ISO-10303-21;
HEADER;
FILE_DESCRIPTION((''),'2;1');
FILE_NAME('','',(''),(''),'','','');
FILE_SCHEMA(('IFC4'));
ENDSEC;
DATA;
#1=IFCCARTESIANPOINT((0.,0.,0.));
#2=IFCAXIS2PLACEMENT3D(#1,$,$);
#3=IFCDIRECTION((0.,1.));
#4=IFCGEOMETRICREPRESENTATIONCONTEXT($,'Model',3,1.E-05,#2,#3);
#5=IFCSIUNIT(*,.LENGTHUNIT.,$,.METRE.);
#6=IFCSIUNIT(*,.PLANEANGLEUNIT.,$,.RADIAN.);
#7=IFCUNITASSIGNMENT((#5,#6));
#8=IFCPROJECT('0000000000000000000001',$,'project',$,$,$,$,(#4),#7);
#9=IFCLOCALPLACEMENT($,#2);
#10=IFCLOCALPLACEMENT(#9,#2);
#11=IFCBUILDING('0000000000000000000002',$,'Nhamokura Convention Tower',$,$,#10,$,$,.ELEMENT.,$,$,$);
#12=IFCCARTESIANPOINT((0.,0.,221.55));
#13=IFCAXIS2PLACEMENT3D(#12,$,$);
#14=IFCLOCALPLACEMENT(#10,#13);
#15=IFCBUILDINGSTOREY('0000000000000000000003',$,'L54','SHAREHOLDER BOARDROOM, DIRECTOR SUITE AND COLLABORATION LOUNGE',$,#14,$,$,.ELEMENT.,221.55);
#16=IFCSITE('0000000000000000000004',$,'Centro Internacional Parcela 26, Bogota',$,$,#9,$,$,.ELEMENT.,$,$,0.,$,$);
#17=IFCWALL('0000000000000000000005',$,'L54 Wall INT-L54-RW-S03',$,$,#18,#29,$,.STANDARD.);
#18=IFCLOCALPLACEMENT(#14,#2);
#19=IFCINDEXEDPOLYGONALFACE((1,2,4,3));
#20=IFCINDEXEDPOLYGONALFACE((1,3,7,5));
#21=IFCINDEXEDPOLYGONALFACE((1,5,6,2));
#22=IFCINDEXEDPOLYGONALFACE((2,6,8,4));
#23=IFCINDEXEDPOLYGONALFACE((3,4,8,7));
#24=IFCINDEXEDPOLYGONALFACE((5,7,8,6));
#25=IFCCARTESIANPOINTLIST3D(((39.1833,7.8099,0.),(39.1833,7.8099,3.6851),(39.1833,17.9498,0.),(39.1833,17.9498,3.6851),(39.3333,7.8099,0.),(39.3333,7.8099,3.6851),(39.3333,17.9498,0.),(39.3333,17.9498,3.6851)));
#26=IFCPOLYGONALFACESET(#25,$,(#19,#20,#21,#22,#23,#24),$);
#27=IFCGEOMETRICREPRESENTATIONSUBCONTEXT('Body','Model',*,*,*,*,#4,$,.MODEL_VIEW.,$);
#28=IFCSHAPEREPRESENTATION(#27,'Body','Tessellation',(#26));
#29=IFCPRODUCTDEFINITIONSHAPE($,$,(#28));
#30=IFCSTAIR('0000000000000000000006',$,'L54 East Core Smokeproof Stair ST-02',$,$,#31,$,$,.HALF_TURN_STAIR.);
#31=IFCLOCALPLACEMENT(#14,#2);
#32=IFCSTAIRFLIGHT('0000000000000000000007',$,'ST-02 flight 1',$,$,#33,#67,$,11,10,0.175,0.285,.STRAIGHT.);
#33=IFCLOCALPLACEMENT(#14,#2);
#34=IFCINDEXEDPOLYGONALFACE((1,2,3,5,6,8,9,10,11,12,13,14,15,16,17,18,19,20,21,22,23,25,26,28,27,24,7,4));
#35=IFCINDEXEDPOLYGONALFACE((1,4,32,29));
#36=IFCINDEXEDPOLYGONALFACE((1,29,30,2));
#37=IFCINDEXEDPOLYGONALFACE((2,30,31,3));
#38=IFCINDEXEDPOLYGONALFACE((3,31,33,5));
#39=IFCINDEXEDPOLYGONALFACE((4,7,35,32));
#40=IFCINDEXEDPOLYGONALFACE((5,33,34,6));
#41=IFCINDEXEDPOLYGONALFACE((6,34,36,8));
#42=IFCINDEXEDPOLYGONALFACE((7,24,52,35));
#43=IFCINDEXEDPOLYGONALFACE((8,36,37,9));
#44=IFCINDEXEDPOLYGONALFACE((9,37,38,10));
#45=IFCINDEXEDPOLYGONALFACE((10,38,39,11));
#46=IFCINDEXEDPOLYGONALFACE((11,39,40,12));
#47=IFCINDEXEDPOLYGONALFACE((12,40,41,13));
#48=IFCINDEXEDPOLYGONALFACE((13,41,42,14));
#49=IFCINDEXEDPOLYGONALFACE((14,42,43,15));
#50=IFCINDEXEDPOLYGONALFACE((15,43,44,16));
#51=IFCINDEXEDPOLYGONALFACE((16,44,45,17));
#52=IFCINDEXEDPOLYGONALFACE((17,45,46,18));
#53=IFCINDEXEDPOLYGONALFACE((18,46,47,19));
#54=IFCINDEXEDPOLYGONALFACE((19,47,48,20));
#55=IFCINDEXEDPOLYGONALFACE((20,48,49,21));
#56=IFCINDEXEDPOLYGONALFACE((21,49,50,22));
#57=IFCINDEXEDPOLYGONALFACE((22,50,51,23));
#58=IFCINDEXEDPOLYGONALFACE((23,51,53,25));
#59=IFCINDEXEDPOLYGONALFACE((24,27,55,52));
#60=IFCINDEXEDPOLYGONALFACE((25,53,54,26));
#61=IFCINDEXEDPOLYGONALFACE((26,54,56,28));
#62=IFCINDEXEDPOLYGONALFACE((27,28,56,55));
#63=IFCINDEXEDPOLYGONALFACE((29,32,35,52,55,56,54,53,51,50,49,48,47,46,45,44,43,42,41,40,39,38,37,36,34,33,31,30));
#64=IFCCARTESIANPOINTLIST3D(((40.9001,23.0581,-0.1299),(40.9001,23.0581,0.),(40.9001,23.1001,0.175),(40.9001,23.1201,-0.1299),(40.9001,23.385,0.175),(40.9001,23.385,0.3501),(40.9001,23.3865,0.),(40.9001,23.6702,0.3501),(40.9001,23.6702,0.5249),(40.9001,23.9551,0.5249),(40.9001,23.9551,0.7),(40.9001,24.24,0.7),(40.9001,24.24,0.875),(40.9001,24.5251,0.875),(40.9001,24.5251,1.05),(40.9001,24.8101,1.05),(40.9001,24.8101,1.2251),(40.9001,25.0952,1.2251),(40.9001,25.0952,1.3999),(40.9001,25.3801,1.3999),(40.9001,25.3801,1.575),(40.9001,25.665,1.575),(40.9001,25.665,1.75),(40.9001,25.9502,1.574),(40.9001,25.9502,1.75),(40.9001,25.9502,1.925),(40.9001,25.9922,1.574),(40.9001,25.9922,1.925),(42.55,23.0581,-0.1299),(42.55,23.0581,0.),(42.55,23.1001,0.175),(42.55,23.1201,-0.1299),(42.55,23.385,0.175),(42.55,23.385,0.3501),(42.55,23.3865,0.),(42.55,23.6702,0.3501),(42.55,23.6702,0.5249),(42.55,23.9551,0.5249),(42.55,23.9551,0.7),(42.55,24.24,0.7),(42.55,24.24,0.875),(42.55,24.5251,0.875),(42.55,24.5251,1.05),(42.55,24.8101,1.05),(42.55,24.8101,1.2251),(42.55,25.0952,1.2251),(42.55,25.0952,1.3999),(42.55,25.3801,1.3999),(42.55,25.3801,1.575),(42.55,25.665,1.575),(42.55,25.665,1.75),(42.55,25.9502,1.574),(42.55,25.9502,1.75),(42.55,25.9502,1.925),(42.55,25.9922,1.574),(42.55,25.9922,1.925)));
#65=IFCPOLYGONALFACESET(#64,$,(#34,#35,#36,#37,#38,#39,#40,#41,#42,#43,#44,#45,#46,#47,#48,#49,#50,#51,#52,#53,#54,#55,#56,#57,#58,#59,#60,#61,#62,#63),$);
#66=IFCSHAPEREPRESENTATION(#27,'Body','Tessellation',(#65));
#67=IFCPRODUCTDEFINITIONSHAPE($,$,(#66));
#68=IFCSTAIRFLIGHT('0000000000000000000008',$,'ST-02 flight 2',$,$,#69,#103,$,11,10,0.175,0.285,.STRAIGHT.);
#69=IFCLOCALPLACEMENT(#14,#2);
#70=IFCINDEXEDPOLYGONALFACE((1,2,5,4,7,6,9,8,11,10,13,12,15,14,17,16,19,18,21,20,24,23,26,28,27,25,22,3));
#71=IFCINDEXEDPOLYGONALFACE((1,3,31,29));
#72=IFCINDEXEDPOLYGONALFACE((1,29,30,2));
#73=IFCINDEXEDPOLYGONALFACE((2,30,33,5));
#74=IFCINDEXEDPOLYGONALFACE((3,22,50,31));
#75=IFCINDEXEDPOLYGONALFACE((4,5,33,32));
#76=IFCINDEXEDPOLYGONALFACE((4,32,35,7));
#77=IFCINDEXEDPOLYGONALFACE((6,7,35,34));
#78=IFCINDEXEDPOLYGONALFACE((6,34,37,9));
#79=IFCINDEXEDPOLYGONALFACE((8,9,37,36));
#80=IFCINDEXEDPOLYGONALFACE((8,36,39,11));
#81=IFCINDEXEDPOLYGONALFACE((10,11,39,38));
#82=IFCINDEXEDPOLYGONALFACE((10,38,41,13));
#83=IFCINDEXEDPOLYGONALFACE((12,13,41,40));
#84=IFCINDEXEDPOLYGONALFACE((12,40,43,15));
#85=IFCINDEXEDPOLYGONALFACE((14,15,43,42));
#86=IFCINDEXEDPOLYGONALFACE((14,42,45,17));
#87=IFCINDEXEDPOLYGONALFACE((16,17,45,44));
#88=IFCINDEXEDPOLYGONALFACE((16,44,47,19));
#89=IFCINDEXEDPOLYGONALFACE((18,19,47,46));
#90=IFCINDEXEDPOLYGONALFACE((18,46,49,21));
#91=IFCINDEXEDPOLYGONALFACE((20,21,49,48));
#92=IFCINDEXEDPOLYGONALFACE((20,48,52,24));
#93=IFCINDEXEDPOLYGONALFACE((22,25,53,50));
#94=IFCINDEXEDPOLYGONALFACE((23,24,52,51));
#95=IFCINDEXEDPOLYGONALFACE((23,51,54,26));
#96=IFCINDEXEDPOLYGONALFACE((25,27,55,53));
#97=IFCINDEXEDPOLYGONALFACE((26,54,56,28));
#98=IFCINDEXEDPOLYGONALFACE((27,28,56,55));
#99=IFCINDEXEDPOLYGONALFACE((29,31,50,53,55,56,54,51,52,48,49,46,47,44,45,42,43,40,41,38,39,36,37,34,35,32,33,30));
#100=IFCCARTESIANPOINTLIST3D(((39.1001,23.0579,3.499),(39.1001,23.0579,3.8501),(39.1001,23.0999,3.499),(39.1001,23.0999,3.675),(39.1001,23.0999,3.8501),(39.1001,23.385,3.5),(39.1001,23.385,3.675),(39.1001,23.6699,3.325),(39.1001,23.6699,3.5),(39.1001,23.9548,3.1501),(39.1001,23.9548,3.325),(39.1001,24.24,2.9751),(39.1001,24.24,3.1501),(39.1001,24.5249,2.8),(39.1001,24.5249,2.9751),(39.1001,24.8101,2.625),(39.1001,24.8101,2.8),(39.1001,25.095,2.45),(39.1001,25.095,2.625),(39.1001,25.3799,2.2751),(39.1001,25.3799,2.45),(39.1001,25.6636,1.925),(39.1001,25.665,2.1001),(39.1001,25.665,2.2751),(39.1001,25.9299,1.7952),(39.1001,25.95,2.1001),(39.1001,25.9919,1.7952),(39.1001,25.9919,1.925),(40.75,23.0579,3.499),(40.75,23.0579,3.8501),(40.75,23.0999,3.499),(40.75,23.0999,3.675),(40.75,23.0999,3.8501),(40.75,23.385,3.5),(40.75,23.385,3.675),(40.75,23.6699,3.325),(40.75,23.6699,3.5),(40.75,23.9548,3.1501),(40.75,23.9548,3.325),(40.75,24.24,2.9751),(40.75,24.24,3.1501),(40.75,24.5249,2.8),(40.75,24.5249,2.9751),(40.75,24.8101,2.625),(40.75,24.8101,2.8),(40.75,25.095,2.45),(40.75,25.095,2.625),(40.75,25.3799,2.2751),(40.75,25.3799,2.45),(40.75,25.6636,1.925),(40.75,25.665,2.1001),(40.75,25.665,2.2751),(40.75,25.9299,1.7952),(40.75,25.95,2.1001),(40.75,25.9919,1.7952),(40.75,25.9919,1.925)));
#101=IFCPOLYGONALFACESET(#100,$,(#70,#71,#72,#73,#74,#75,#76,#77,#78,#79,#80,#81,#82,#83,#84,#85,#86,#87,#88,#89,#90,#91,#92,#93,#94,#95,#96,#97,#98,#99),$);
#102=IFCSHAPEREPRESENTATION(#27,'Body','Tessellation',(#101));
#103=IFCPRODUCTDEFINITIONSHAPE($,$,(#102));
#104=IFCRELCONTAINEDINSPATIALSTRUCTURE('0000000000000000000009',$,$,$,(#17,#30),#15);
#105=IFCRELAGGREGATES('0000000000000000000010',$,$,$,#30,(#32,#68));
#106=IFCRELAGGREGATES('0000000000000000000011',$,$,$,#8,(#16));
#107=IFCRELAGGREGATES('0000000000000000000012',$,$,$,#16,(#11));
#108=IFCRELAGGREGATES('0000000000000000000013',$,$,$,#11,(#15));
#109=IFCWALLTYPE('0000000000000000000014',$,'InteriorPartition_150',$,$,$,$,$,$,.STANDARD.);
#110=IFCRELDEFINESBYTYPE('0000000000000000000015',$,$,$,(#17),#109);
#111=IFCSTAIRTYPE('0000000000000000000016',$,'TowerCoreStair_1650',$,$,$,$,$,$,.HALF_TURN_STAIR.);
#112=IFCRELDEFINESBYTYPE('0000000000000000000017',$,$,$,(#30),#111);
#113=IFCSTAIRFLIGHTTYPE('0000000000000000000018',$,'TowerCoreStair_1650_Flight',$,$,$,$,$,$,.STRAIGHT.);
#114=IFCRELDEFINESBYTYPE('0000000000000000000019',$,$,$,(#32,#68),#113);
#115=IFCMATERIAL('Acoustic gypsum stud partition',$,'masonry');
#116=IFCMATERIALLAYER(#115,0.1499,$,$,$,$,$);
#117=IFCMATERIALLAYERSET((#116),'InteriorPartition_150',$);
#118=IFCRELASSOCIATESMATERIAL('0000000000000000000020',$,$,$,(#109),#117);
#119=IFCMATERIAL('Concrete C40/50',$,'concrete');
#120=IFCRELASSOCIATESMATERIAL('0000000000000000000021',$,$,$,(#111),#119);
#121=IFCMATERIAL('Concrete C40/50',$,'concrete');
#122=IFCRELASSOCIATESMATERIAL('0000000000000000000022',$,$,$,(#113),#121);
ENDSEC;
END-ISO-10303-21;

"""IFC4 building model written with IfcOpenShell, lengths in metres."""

from ifc_helpers import new_model, si_unit, direction, frame, frame_2d, origin, place, context, subcontext, project, spatial, polyline, rectangle, outline, extrude, material, layer, layer_set, type_object, element, aggregate, save


model = new_model("IFC4")

# Units and contexts
model_context = context("Model", 3, precision=1e-05, world=origin(), true_north=direction((0.0, 1.0)))
body_context = subcontext(model_context, "Body", "Model", "MODEL_VIEW")
ifc_project = project(units=[si_unit("LENGTHUNIT", "METRE"), si_unit("PLANEANGLEUNIT", "RADIAN")], contexts=[model_context])

# Site, building, storey
site_placement = place(None, origin())
site = spatial("IfcSite", under=ifc_project, at=site_placement, Name="Centro Internacional Parcela 26, Bogota", CompositionType="ELEMENT", RefElevation=0.0)
building_placement = place(site_placement, origin())
building = spatial("IfcBuilding", under=site, at=building_placement, Name="Nhamokura Convention Tower", CompositionType="ELEMENT")
storey_placement = place(building_placement, frame((0.0, 0.0, 221.55)))
storey = spatial("IfcBuildingStorey", under=building, at=storey_placement, Name="L54", Description="SHAREHOLDER BOARDROOM, DIRECTOR SUITE AND COLLABORATION LOUNGE", CompositionType="ELEMENT", Elevation=221.55)

# Wall
ifc_material_1 = material(Name="Acoustic gypsum stud partition", Category="masonry")
ifc_layer_1 = layer(ifc_material_1, 0.1499)
ifc_layer_set_1 = layer_set([ifc_layer_1], Name="InteriorPartition_150")
wall_type_1 = type_object("IfcWallType", Name="InteriorPartition_150", PredefinedType="STANDARD", material=ifc_layer_set_1)
for number, where, z_axis, x_axis, name in (
    (1, (39.2583, 7.8101, 0.0), (0.0, 0.0, 1.0), (0.0, 1.0, 0.0), "L54 Wall INT-L54-RW-S03"),
):
    element("IfcWall", number, at=place(storey_placement, frame(where, z_axis=z_axis, x_axis=x_axis)), inside=storey, type_object=wall_type_1, Name=name, PredefinedType="STANDARD", context=body_context, shape_type="SweptSolid", body=[
        extrude(rectangle(XDim=10.1399, YDim=0.1499, at=frame_2d((5.0698, 0.0))), origin(), (0.0, 0.0, 1.0), 3.6851),
    ])

# Stair, stair flights
ifc_material_2 = material(Name="Concrete C40/50", Category="concrete")
stair_type = type_object("IfcStairType", Name="TowerCoreStair_1650", PredefinedType="HALF_TURN_STAIR", material=ifc_material_2)
stair_placement = place(storey_placement, origin())
stair = element("IfcStair", 2, at=stair_placement, inside=storey, type_object=stair_type, Name="L54 East Core Smokeproof Stair ST-02", PredefinedType="HALF_TURN_STAIR")
ifc_material_3 = material(Name="Concrete C40/50", Category="concrete")
stair_flight_type = type_object("IfcStairFlightType", Name="TowerCoreStair_1650_Flight", PredefinedType="STRAIGHT", material=ifc_material_3)
stair_flight_1_placement = place(storey_placement, frame((41.7251, 23.1001, 0.0), z_axis=(0.0, 0.0, 1.0), x_axis=(0.0, 1.0, 0.0)))
stair_flight_1 = element("IfcStairFlight", 3, at=stair_flight_1_placement, type_object=stair_flight_type, Name="ST-02 flight 1", NumberOfRisers=11, NumberOfTreads=10, PredefinedType="STRAIGHT", RiserHeight=0.175, TreadLength=0.285, context=body_context, shape_type="SweptSolid", body=[
    extrude(outline(polyline([(-0.042, 0.0), (0.0, 0.175), (0.2849, 0.175), (0.2849, 0.3501), (0.5701, 0.3501), (0.5701, 0.5249), (0.855, 0.5249), (0.855, 0.7), (1.1399, 0.7), (1.1399, 0.875), (1.425, 0.875), (1.425, 1.05), (1.71, 1.05), (1.71, 1.2251), (1.9951, 1.2251), (1.9951, 1.3999), (2.28, 1.3999), (2.28, 1.575), (2.5649, 1.575), (2.5649, 1.75), (2.8501, 1.75), (2.8501, 1.925), (2.8921, 1.925), (2.8921, 1.574), (2.8501, 1.574), (0.2864, 0.0), (0.02, -0.1299), (-0.042, -0.1299), (-0.042, 0.0)])), frame((0.0, 0.825, 0.0), z_axis=(0.0, -1.0, 0.0), x_axis=(1.0, 0.0, 0.0)), (0.0, 0.0, 1.0), 1.6499),
])
stair_flight_2_placement = place(storey_placement, frame((39.925, 25.95, 1.925), z_axis=(0.0, 0.0, 1.0), x_axis=(0.0, -1.0, 0.0)))
stair_flight_2 = element("IfcStairFlight", 4, at=stair_flight_2_placement, type_object=stair_flight_type, Name="ST-02 flight 2", NumberOfRisers=11, NumberOfTreads=10, PredefinedType="STRAIGHT", RiserHeight=0.175, TreadLength=0.285, context=body_context, shape_type="SweptSolid", body=[
    extrude(outline(polyline([(-0.042, 0.0), (0.0, 0.175), (0.2849, 0.175), (0.2849, 0.3501), (0.5701, 0.3501), (0.5701, 0.5249), (0.855, 0.5249), (0.855, 0.7), (1.1399, 0.7), (1.1399, 0.875), (1.425, 0.875), (1.425, 1.05), (1.71, 1.05), (1.71, 1.2251), (1.9951, 1.2251), (1.9951, 1.3999), (2.28, 1.3999), (2.28, 1.575), (2.5649, 1.575), (2.5649, 1.75), (2.8501, 1.75), (2.8501, 1.925), (2.8921, 1.925), (2.8921, 1.574), (2.8501, 1.574), (0.2864, 0.0), (0.02, -0.1299), (-0.042, -0.1299), (-0.042, 0.0)])), frame((0.0, 0.825, 0.0), z_axis=(0.0, -1.0, 0.0), x_axis=(1.0, 0.0, 0.0)), (0.0, 0.0, 1.0), 1.6499),
])
aggregate(stair, [stair_flight_1, stair_flight_2])

save(model, "model.ifc")
